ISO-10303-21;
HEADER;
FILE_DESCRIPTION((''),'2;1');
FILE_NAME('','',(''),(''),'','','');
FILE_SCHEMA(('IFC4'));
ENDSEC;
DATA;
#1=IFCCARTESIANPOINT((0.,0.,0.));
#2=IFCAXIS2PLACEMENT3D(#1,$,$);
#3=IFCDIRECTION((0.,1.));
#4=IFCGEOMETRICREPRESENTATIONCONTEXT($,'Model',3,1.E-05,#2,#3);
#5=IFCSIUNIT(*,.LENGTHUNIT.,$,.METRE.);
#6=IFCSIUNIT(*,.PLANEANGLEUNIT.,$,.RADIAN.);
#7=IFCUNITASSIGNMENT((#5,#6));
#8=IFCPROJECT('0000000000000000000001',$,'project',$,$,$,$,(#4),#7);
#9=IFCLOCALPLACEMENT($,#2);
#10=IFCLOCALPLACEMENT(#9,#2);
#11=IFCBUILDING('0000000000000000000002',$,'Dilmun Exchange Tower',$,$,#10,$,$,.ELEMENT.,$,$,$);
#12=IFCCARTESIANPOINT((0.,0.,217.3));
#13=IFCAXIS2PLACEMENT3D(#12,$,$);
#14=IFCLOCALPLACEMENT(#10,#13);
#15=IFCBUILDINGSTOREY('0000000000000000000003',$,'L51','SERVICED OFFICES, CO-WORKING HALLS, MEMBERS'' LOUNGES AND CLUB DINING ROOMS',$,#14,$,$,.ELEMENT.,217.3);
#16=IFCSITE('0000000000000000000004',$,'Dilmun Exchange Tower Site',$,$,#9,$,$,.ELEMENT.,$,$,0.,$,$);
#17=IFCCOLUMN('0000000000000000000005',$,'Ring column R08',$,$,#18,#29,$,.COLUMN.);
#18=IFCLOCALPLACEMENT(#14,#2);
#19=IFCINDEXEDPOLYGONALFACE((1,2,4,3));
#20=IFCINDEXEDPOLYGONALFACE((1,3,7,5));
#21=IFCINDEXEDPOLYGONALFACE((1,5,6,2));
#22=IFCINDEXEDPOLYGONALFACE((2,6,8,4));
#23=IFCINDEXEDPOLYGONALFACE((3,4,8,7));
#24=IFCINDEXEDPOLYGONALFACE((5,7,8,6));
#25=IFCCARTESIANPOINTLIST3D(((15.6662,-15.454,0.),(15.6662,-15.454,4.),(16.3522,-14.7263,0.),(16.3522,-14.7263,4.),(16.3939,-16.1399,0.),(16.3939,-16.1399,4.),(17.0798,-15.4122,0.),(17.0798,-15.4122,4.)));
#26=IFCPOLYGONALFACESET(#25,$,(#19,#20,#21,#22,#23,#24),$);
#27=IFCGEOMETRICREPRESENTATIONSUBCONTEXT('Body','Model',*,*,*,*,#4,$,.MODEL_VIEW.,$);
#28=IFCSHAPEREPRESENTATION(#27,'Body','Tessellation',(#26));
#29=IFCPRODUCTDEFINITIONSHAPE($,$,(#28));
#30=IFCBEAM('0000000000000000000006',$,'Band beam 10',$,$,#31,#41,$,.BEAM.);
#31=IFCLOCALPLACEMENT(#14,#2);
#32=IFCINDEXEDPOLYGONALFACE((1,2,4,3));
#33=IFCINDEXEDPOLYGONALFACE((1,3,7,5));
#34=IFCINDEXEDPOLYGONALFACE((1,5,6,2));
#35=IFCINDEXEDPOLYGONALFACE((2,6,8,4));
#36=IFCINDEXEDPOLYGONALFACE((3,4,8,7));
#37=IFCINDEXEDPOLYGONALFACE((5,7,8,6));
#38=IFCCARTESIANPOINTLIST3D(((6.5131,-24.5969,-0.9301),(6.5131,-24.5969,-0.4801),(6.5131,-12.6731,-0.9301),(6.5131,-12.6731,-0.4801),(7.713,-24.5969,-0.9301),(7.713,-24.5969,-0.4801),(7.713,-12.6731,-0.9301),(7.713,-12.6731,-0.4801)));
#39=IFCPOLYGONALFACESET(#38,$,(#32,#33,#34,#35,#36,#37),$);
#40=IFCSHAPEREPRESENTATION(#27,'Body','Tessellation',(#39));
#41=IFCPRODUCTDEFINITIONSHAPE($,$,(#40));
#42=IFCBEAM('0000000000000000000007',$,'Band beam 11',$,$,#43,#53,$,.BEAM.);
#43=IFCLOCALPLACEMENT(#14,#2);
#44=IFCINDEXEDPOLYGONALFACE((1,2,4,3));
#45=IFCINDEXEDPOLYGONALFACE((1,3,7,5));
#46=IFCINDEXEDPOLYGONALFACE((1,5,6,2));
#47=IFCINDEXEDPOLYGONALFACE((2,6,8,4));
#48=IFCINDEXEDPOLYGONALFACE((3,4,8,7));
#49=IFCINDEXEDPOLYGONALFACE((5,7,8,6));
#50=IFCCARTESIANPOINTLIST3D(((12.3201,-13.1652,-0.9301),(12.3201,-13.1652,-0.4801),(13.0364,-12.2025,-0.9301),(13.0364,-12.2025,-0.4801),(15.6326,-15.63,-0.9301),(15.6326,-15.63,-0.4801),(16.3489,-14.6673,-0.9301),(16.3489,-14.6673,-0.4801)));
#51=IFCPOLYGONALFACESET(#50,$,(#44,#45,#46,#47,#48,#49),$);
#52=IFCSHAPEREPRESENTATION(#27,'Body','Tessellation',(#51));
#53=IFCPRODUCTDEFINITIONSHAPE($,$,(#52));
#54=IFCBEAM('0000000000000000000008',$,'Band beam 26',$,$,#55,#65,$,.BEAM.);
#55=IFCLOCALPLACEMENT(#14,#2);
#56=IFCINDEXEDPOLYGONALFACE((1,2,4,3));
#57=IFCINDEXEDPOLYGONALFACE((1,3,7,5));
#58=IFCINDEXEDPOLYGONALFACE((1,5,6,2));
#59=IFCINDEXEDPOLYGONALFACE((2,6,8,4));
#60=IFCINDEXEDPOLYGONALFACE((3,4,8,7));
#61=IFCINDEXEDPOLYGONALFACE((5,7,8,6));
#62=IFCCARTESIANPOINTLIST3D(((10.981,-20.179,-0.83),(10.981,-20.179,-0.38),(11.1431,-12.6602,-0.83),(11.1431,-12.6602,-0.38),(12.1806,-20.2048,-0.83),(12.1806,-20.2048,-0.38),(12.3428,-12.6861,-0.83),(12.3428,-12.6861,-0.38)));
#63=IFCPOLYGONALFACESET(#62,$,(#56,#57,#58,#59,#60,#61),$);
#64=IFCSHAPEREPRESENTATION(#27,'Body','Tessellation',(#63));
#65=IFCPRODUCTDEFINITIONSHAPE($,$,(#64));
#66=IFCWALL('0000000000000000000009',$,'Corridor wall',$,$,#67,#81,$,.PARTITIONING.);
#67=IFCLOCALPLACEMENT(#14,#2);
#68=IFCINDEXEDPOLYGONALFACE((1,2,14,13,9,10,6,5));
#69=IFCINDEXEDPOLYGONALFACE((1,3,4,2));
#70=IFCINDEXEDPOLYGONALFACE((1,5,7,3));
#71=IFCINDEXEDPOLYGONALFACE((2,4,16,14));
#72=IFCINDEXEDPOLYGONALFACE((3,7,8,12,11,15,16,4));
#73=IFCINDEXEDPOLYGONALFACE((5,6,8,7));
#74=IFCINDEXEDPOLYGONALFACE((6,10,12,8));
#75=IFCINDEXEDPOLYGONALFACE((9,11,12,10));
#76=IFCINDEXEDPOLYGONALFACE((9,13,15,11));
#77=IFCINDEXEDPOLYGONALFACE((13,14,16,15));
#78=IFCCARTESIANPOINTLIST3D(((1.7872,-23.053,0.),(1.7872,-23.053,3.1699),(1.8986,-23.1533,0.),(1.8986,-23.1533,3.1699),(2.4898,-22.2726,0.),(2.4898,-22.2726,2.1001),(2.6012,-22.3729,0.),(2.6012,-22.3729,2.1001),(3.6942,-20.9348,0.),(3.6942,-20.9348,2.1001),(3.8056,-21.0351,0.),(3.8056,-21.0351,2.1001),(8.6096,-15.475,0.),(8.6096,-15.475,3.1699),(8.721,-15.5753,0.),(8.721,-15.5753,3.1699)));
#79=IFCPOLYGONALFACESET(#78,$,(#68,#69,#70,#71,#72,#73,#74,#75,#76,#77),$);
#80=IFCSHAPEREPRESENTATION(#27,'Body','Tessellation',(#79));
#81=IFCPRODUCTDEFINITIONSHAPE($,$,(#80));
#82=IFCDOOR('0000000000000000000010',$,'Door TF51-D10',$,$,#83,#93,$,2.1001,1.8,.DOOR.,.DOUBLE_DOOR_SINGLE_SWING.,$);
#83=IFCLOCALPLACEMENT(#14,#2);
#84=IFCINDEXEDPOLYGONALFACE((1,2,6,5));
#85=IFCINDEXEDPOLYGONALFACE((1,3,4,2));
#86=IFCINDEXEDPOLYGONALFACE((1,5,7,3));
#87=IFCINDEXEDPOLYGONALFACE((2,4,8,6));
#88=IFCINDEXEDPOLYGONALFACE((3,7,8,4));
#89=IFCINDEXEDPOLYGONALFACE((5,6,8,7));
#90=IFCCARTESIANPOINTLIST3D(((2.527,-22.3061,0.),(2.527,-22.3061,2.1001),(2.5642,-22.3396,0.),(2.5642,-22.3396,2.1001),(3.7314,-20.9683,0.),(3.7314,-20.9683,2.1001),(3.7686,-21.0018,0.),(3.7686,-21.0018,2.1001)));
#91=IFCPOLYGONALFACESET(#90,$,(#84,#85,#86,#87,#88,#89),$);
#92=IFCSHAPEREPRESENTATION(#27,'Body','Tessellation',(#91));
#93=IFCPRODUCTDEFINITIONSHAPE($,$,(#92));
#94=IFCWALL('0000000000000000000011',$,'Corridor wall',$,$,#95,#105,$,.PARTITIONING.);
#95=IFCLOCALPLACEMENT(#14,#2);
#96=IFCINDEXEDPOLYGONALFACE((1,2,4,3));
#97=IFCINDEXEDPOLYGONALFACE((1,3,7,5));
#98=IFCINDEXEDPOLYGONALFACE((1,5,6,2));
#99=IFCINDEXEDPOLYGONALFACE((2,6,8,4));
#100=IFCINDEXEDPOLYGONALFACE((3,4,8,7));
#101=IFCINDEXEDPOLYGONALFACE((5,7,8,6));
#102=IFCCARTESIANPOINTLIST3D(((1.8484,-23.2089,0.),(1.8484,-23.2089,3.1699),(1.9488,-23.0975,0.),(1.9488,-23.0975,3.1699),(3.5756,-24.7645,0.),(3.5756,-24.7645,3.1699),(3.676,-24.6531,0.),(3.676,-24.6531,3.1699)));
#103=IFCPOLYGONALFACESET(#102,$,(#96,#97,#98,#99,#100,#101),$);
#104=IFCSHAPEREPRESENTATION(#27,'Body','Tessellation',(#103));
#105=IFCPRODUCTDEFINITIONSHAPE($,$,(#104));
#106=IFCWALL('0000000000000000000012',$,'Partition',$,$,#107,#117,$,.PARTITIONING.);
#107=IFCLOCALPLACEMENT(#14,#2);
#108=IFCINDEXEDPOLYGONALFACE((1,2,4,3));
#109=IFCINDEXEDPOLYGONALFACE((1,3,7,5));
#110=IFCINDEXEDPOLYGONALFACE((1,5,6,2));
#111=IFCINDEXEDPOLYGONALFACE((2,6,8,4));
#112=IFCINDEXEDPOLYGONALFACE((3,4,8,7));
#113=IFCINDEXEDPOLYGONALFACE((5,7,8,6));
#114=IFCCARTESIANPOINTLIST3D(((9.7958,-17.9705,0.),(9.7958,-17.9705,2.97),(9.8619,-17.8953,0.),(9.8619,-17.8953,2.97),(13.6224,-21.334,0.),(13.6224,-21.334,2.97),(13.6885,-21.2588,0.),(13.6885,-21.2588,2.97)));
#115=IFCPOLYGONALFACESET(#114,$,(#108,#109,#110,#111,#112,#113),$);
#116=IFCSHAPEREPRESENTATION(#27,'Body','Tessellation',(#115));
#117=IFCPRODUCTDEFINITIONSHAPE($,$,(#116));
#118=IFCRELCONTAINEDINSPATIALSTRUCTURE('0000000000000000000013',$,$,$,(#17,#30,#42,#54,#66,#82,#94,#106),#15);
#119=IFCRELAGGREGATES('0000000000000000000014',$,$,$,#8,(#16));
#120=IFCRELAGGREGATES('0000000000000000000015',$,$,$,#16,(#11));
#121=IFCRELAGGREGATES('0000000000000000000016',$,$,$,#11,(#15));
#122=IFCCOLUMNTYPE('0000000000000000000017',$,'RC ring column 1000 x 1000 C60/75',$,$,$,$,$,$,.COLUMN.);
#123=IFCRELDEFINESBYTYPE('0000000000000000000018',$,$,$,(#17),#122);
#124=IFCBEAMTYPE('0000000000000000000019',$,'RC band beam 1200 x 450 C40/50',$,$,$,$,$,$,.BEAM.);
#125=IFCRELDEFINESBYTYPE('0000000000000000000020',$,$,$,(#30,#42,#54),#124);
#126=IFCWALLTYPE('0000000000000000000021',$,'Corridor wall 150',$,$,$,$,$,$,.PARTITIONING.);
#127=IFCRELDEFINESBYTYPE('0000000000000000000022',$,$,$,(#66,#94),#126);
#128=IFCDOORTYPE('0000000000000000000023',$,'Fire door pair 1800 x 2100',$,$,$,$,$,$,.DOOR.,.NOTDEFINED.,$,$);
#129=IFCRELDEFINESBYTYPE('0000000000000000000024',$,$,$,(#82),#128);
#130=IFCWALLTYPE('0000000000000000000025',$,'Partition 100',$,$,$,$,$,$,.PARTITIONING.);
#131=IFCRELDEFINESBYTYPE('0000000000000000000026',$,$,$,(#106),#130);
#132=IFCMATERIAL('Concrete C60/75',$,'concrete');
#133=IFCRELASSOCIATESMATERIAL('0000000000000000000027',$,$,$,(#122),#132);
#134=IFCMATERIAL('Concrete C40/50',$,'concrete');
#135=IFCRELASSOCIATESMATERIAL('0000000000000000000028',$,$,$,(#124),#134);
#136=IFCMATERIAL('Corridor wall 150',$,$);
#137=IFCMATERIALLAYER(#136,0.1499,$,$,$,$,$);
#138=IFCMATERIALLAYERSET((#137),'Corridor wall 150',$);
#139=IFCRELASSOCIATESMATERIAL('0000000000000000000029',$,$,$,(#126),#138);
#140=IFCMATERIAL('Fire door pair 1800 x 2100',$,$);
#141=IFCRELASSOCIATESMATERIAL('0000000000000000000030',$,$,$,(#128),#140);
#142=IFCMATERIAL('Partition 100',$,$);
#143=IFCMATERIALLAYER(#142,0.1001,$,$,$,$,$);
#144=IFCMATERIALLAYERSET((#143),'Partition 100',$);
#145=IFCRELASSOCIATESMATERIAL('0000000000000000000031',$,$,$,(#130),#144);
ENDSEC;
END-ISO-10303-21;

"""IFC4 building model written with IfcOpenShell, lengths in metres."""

from ifc_helpers import new_model, si_unit, direction, frame, frame_2d, origin, origin_2d, place, context, subcontext, project, spatial, rectangle, extrude, material, layer, layer_set, material_profile, profile_set, type_object, element, fill, save


model = new_model("IFC4")

# Units and contexts
model_context = context("Model", 3, precision=1e-05, world=origin(), true_north=direction((0.0, 1.0)))
body_context = subcontext(model_context, "Body", "Model", "MODEL_VIEW")
ifc_project = project(units=[si_unit("LENGTHUNIT", "METRE"), si_unit("PLANEANGLEUNIT", "RADIAN")], contexts=[model_context])

# Site, building, storey
site_placement = place(None, origin())
site = spatial("IfcSite", under=ifc_project, at=site_placement, Name="Dilmun Exchange Tower Site", CompositionType="ELEMENT", RefElevation=0.0)
building_placement = place(site_placement, origin())
building = spatial("IfcBuilding", under=site, at=building_placement, Name="Dilmun Exchange Tower", CompositionType="ELEMENT")
storey_placement = place(building_placement, frame((0.0, 0.0, 217.3)))
storey = spatial("IfcBuildingStorey", under=building, at=storey_placement, Name="L51", Description="SERVICED OFFICES, CO-WORKING HALLS, MEMBERS' LOUNGES AND CLUB DINING ROOMS", CompositionType="ELEMENT", Elevation=217.3)

# Column
ifc_material_1 = material(Name="Concrete C60/75", Category="concrete")
ifc_material_profile_1 = material_profile(ifc_material_1, rectangle(XDim=1.0, YDim=1.0, at=origin_2d()), Name="1000 x 1000")
ifc_profile_set_1 = profile_set([ifc_material_profile_1], Name="Concrete C60/75")
column_type = type_object("IfcColumnType", Name="RC ring column 1000 x 1000 C60/75", PredefinedType="COLUMN", material=ifc_profile_set_1)
column_placement = place(storey_placement, frame((16.373, -15.4331, 0.0), z_axis=(0.0, 0.0, 1.0), x_axis=(0.685916, 0.727681, 0.0)))
element("IfcColumn", 1, at=column_placement, inside=storey, type_object=column_type, Name="Ring column R08", PredefinedType="COLUMN", context=body_context, shape_type="SweptSolid", body=[
    extrude(rectangle(XDim=1.0, YDim=1.0, at=origin_2d()), origin(), (0.0, 0.0, 1.0), 4.0),
])

# Beams
ifc_material_2 = material(Name="Concrete C40/50", Category="concrete")
ifc_material_profile_2 = material_profile(ifc_material_2, rectangle(XDim=1.2, YDim=0.45, at=origin_2d()), Name="1200 x 450")
ifc_profile_set_2 = profile_set([ifc_material_profile_2], Name="Concrete C40/50")
beam_type = type_object("IfcBeamType", Name="RC band beam 1200 x 450 C40/50", PredefinedType="BEAM", material=ifc_profile_set_2)
beam_1_placement = place(storey_placement, frame((7.113, -24.5969, -0.7051), z_axis=(0.0, 1.0, 0.0), x_axis=(-1.0, 0.0, 0.0)))
element("IfcBeam", 2, at=beam_1_placement, inside=storey, type_object=beam_type, Name="Band beam 10", PredefinedType="BEAM", context=body_context, shape_type="SweptSolid", body=[
    extrude(rectangle(XDim=1.2, YDim=0.45, at=origin_2d()), origin(), (0.0, 0.0, 1.0), 11.9238),
])
beam_2_placement = place(storey_placement, frame((15.9907, -15.1487, -0.7051), z_axis=(-0.802265, 0.596968, 0.0), x_axis=(-0.596968, -0.802265, 0.0)))
element("IfcBeam", 3, at=beam_2_placement, inside=storey, type_object=beam_type, Name="Band beam 11", PredefinedType="BEAM", context=body_context, shape_type="SweptSolid", body=[
    extrude(rectangle(XDim=1.2, YDim=0.45, at=origin_2d()), origin(), (0.0, 0.0, 1.0), 4.1289),
])
beam_3_placement = place(storey_placement, frame((11.5808, -20.1919, -0.605), z_axis=(0.021556, 0.999768, 0.0), x_axis=(-0.999768, 0.021556, 0.0)))
element("IfcBeam", 4, at=beam_3_placement, inside=storey, type_object=beam_type, Name="Band beam 26", PredefinedType="BEAM", context=body_context, shape_type="SweptSolid", body=[
    extrude(rectangle(XDim=1.2, YDim=0.45, at=origin_2d()), origin(), (0.0, 0.0, 1.0), 7.5205),
])

# Wall, opening, door
ifc_material_3 = material(Name="Corridor wall 150")
ifc_layer_1 = layer(ifc_material_3, 0.1499)
ifc_layer_set_1 = layer_set([ifc_layer_1], Name="Corridor wall 150")
wall_type_1 = type_object("IfcWallType", Name="Corridor wall 150", PredefinedType="PARTITIONING", material=ifc_layer_set_1)
wall_1_placement = place(storey_placement, frame((1.843, -23.103, 0.0), z_axis=(0.0, 0.0, 1.0), x_axis=(0.669082, 0.743188, 0.0)))
wall_1 = element("IfcWall", 5, at=wall_1_placement, inside=storey, type_object=wall_type_1, Name="Corridor wall", PredefinedType="PARTITIONING", context=body_context, shape_type="SweptSolid", body=[
    extrude(rectangle(XDim=10.1965, YDim=0.1499, at=frame_2d((5.0981, 0.0))), origin(), (0.0, 0.0, 1.0), 3.1699),
])
opening_placement = place(wall_1_placement, frame((1.05, 0.0, 0.0)))
opening = element("IfcOpeningElement", 6, at=opening_placement, cuts=wall_1, PredefinedType="OPENING", context=body_context, shape_type="SweptSolid", body=[
    extrude(rectangle(XDim=1.8, YDim=2.1001, at=frame_2d((0.8999, 1.05))), frame((0.0, 0.085, 0.0), z_axis=(0.0, -1.0, 0.0), x_axis=(1.0, 0.0, 0.0)), (0.0, 0.0, 1.0), 0.1699),
])
ifc_material_4 = material(Name="Fire door pair 1800 x 2100")
door_type = type_object("IfcDoorType", Name="Fire door pair 1800 x 2100", OperationType="NOTDEFINED", PredefinedType="DOOR", material=ifc_material_4)
door_placement = place(opening_placement, origin())
door = element("IfcDoor", 7, at=door_placement, inside=storey, type_object=door_type, Name="Door TF51-D10", OperationType="DOUBLE_DOOR_SINGLE_SWING", OverallHeight=2.1001, OverallWidth=1.8, PredefinedType="DOOR", context=body_context, shape_type="SweptSolid", body=[
    extrude(rectangle(XDim=1.8, YDim=2.1001, at=frame_2d((0.8999, 1.05))), frame((0.0, 0.0249, 0.0), z_axis=(0.0, -1.0, 0.0), x_axis=(1.0, 0.0, 0.0)), (0.0, 0.0, 1.0), 0.05),
])
fill(opening, door)

# Walls
wall_2_placement = place(storey_placement, frame((1.8987, -23.1533, 0.0), z_axis=(0.0, 0.0, 1.0), x_axis=(0.743059, -0.669226, 0.0)))
element("IfcWall", 8, at=wall_2_placement, inside=storey, type_object=wall_type_1, Name="Corridor wall", PredefinedType="PARTITIONING", context=body_context, shape_type="SweptSolid", body=[
    extrude(rectangle(XDim=2.3245, YDim=0.1499, at=frame_2d((1.1621, 0.0))), origin(), (0.0, 0.0, 1.0), 3.1699),
])
ifc_material_5 = material(Name="Partition 100")
ifc_layer_2 = layer(ifc_material_5, 0.1001)
ifc_layer_set_2 = layer_set([ifc_layer_2], Name="Partition 100")
wall_type_2 = type_object("IfcWallType", Name="Partition 100", PredefinedType="PARTITIONING", material=ifc_layer_set_2)
wall_3_placement = place(storey_placement, frame((9.8289, -17.9329, 0.0), z_axis=(0.0, 0.0, 1.0), x_axis=(0.751096, -0.660192, 0.0)))
element("IfcWall", 9, at=wall_3_placement, inside=storey, type_object=wall_type_2, Name="Partition", PredefinedType="PARTITIONING", context=body_context, shape_type="SweptSolid", body=[
    extrude(rectangle(XDim=5.0947, YDim=0.1001, at=frame_2d((2.5474, 0.0))), origin(), (0.0, 0.0, 1.0), 2.97),
])

save(model, "model.ifc")
